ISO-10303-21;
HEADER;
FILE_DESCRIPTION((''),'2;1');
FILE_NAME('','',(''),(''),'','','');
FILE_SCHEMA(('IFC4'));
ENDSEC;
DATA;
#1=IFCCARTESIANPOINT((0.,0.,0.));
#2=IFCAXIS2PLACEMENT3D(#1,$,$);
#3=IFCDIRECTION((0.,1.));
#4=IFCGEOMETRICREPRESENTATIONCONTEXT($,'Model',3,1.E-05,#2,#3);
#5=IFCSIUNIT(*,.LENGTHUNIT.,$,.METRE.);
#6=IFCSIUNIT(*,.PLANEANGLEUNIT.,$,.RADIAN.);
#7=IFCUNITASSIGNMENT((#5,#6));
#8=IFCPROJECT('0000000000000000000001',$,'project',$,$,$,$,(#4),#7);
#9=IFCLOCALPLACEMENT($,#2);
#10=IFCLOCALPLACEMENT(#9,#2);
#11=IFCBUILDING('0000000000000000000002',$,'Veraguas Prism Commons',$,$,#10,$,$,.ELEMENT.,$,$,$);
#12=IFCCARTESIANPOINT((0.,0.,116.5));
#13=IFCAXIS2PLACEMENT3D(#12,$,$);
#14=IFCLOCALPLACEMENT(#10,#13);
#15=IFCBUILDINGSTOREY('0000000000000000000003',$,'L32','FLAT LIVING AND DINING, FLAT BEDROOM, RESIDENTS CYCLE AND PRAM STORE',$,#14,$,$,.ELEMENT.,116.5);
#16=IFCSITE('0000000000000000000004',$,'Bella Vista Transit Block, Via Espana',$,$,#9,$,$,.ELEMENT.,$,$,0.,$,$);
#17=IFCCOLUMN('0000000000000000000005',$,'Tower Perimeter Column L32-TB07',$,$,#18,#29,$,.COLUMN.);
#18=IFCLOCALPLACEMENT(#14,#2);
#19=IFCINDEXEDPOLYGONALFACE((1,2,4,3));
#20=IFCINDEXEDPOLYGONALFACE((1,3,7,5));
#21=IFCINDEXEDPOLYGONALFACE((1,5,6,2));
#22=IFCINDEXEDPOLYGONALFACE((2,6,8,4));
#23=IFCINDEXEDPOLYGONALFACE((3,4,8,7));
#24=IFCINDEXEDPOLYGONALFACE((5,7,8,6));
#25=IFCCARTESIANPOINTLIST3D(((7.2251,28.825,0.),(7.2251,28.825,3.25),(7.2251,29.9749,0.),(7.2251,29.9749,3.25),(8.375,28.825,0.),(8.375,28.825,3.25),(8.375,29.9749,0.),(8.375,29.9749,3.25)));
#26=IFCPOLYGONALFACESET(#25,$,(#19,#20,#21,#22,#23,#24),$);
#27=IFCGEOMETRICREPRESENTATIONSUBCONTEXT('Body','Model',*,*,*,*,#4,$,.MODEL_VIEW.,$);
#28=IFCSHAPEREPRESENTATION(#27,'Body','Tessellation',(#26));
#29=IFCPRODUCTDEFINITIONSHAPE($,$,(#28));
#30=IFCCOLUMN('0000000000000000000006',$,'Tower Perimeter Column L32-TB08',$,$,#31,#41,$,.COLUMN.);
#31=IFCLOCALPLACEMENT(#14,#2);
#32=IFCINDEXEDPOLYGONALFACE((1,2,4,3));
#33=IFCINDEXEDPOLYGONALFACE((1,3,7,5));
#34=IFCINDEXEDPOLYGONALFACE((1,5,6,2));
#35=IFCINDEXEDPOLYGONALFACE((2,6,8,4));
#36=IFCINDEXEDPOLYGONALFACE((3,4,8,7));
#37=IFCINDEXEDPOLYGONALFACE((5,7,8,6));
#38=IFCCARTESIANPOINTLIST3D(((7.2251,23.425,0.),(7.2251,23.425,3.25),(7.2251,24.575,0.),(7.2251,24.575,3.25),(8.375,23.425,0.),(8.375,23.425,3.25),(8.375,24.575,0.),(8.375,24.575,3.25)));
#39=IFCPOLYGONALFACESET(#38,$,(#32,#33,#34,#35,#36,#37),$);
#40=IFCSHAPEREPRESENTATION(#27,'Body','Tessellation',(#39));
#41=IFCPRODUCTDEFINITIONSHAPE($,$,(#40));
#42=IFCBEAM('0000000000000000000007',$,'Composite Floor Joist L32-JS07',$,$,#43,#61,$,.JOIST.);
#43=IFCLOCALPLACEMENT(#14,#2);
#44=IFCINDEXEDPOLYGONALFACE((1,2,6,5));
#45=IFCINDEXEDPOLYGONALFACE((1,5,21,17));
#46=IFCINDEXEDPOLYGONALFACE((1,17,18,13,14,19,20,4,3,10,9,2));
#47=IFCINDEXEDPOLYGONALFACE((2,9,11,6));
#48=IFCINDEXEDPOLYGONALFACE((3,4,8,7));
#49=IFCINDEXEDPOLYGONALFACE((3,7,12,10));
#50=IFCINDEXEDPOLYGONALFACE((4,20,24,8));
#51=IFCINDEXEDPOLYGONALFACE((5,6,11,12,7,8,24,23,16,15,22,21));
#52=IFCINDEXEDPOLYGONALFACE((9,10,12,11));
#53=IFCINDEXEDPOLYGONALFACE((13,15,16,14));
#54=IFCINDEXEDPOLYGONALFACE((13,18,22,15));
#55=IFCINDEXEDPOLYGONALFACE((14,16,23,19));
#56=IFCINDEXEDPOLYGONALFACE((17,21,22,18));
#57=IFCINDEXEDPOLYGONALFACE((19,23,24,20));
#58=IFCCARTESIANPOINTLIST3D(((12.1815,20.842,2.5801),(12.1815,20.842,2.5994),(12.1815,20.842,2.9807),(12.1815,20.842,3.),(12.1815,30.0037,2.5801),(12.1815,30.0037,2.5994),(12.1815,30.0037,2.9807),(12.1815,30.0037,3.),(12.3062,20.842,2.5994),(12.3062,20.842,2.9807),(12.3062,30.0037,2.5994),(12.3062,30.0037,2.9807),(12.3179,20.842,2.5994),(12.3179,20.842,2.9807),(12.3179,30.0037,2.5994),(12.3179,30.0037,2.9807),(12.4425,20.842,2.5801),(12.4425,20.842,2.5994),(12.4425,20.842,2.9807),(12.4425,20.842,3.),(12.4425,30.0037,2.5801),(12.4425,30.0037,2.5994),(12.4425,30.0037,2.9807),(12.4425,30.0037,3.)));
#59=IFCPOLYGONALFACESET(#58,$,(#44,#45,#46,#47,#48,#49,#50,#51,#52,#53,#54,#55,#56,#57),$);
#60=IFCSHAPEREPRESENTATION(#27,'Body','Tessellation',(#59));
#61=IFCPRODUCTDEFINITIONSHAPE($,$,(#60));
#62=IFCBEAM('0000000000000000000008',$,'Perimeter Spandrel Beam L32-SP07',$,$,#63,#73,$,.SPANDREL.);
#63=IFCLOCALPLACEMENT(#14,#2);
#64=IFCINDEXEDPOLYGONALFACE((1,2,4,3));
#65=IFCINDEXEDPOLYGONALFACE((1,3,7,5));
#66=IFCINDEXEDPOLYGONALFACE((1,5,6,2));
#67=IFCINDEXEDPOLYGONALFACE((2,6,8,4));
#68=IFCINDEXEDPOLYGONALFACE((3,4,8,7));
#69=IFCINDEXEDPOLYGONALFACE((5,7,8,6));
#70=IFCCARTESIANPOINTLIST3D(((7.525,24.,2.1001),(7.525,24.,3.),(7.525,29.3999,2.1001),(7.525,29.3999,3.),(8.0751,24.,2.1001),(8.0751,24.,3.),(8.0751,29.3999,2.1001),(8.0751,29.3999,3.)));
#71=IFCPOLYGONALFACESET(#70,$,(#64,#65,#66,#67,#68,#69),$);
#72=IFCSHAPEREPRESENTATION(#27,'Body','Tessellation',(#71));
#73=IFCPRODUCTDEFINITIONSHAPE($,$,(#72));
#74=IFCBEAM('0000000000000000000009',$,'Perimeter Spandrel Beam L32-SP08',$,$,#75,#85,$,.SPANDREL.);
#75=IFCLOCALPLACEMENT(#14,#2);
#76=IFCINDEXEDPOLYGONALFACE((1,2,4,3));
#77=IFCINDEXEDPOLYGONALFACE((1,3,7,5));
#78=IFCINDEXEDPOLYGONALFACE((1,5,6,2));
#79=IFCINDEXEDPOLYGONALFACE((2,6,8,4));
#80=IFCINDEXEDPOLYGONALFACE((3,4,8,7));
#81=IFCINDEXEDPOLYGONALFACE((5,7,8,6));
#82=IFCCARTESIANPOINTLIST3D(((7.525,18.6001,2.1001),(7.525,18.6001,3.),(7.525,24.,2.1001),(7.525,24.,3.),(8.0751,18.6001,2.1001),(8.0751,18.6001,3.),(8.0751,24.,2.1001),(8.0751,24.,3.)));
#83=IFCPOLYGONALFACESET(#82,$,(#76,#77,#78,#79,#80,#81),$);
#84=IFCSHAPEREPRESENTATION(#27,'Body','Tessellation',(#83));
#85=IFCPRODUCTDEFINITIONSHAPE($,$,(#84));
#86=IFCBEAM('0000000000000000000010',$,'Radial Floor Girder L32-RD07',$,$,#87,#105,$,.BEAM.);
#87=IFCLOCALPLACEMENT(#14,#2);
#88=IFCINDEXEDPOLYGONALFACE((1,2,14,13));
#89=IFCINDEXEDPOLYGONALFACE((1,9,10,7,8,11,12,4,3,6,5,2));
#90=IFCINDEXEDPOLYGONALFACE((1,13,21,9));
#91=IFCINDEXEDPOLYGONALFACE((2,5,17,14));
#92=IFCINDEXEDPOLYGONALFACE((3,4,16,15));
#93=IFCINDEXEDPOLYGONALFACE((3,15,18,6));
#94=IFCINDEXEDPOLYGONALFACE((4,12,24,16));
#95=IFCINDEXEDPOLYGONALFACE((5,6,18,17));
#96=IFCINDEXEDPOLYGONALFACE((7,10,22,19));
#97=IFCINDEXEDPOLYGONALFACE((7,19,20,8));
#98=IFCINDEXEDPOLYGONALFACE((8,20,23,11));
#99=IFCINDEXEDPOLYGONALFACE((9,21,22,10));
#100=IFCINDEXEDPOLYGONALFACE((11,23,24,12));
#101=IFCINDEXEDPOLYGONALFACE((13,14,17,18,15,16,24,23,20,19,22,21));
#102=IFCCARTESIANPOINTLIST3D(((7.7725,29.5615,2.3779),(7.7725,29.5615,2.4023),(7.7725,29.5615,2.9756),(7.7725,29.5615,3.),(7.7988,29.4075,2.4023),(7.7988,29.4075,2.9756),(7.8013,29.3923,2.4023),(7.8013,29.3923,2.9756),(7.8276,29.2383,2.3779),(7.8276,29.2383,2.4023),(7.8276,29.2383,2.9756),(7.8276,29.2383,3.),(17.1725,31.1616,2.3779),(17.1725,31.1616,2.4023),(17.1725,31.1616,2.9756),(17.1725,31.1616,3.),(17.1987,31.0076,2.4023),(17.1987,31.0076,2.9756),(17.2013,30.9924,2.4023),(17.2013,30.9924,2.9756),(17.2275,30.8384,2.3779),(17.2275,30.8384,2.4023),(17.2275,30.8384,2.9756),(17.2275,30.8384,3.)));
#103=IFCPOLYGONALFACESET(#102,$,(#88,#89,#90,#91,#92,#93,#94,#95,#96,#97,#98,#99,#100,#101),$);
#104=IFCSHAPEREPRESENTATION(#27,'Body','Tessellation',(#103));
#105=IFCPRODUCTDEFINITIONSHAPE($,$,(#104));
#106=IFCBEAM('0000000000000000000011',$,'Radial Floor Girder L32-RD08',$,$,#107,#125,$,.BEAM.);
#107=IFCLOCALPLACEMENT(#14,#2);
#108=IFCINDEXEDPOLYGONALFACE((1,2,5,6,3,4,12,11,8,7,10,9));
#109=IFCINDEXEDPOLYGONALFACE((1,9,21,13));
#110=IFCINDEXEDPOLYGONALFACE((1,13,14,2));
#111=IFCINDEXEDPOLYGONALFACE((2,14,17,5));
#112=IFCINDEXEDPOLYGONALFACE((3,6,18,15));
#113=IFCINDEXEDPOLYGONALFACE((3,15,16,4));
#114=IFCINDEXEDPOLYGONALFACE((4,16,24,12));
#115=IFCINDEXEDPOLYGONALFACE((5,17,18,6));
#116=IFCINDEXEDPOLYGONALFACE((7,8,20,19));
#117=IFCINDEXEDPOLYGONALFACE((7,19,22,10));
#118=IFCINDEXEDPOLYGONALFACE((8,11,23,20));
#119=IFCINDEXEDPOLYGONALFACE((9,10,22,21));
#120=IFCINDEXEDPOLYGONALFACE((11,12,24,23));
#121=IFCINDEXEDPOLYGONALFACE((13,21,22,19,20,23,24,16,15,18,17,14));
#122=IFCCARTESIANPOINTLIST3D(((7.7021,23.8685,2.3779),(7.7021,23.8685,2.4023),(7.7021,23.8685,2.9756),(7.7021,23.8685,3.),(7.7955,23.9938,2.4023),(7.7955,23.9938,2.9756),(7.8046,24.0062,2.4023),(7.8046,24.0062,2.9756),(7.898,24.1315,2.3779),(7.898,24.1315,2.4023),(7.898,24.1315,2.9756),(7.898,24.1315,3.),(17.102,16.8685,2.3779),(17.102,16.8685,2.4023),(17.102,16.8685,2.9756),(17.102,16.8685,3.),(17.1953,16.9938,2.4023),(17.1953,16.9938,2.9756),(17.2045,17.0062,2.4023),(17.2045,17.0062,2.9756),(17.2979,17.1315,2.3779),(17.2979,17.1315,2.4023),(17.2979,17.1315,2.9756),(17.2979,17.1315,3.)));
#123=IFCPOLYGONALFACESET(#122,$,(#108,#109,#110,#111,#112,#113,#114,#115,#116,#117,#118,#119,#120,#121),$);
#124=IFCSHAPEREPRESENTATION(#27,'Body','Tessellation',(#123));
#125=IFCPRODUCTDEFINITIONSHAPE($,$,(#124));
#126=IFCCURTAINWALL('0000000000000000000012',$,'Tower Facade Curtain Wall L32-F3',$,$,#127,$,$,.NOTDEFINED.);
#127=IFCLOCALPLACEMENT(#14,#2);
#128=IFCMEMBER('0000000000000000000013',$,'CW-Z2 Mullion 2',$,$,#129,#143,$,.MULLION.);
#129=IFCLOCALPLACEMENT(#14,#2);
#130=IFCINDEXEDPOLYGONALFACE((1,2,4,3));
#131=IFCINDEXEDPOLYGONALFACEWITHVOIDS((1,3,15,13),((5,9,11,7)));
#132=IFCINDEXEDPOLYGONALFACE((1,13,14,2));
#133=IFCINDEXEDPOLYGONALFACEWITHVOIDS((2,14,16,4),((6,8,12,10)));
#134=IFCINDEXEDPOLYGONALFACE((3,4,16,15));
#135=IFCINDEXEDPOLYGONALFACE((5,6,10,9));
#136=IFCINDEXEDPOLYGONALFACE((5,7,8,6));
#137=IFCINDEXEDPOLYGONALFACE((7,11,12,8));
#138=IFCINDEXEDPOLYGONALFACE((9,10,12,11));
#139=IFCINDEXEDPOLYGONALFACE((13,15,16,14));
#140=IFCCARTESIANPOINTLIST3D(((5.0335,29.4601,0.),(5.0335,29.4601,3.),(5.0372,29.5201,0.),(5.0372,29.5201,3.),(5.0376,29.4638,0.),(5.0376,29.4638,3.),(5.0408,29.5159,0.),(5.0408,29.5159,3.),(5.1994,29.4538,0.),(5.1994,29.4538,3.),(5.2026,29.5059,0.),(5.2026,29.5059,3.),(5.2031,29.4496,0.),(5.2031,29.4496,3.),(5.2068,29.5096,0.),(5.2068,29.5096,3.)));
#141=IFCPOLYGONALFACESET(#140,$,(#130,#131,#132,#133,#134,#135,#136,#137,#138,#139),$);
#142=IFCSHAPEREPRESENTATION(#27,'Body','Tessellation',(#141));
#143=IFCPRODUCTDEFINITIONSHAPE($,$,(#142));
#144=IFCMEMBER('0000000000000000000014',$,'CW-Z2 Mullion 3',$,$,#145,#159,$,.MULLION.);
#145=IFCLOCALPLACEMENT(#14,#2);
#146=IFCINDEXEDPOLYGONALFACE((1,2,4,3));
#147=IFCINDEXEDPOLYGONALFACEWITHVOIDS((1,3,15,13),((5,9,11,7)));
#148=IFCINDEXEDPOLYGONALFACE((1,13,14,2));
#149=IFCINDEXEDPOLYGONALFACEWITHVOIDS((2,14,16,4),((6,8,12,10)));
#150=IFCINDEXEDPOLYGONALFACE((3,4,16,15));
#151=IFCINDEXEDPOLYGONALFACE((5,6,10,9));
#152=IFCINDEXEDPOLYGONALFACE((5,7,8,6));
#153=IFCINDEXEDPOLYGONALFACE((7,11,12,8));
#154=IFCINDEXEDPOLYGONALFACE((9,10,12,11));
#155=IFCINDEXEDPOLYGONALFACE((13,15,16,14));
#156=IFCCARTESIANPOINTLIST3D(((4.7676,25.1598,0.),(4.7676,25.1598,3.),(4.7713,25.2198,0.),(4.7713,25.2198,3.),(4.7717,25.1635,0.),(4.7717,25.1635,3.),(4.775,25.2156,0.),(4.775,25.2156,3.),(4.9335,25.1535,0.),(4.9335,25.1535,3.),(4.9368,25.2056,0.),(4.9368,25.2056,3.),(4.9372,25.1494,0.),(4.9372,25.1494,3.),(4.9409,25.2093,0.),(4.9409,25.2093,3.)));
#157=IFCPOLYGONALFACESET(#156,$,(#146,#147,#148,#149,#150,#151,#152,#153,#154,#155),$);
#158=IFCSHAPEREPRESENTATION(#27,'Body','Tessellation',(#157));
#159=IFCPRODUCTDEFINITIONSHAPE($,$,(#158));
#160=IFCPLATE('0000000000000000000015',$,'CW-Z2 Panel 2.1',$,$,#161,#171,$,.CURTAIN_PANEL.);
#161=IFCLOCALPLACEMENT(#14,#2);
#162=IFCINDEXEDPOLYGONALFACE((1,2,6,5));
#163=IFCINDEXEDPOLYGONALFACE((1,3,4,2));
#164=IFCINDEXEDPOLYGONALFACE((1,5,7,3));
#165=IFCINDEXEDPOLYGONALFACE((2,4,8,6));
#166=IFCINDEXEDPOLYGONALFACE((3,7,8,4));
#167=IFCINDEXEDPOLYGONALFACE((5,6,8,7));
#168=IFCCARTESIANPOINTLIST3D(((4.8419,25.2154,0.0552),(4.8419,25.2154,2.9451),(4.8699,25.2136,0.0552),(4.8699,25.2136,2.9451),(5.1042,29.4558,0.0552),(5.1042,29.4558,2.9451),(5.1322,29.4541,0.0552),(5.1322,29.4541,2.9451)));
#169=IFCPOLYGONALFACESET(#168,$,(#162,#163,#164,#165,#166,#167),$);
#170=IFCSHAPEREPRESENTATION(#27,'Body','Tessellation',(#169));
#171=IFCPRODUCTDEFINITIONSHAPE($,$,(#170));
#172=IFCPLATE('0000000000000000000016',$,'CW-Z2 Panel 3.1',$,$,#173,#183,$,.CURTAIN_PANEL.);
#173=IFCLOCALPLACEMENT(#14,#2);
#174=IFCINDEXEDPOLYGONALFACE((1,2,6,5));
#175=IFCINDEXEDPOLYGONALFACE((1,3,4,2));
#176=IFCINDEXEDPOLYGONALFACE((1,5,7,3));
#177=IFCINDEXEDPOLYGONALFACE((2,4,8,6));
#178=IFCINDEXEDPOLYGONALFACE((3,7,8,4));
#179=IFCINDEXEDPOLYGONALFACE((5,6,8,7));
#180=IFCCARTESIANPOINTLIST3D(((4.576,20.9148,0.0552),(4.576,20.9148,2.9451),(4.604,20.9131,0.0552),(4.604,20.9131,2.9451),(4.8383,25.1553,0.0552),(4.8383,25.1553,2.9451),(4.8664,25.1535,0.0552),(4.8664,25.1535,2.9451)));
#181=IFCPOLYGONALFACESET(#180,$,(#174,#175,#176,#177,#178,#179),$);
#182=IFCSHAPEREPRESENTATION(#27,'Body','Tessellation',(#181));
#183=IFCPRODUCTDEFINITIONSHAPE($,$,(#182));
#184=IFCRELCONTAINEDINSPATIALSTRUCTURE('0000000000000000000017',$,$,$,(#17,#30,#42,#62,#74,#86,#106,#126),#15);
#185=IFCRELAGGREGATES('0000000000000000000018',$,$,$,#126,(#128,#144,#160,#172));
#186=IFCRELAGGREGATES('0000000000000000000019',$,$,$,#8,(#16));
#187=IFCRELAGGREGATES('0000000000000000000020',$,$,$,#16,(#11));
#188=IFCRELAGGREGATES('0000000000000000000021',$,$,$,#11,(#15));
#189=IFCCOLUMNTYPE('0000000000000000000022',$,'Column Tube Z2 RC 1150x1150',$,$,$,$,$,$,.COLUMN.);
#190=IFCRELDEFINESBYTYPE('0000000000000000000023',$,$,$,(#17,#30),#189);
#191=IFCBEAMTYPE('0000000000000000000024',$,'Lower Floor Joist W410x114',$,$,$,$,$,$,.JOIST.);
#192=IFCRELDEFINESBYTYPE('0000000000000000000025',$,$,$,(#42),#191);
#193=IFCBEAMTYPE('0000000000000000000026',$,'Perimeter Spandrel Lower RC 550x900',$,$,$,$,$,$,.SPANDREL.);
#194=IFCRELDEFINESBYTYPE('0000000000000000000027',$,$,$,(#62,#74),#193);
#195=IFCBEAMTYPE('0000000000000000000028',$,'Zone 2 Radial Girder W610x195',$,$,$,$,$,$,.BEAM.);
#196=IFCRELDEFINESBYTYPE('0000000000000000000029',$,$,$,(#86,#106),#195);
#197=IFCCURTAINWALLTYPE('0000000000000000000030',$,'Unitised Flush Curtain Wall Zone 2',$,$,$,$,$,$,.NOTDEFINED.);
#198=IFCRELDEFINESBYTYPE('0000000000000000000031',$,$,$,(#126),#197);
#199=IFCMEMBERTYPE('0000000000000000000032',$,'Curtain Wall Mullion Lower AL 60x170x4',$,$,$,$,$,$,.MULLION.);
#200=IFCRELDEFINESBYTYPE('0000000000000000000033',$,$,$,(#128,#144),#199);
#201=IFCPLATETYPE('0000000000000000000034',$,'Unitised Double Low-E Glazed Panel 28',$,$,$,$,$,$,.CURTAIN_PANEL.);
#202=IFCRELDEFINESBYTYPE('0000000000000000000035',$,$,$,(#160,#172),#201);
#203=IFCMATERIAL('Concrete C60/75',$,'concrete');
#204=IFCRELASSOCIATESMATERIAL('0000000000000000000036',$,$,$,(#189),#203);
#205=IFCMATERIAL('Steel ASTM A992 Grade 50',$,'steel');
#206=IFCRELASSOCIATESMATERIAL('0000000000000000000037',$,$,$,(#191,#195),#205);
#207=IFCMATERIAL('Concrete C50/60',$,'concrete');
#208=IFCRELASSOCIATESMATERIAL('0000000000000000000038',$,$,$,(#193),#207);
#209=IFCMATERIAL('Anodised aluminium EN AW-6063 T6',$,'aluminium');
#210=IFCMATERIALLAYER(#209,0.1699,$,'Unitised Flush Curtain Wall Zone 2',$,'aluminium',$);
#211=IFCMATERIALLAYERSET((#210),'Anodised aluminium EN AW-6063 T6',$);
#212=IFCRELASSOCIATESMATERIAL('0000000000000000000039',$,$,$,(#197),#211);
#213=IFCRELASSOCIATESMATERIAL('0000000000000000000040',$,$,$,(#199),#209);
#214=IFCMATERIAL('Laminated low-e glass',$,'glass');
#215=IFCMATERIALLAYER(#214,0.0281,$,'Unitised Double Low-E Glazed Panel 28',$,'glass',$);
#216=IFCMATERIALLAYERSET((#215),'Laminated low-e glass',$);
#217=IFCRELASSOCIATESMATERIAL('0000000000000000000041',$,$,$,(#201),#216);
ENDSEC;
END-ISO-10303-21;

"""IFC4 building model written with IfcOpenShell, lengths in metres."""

from ifc_helpers import new_model, si_unit, direction, frame, origin, origin_2d, place, context, subcontext, project, spatial, rectangle, hollow_rectangle, i_section, extrude, source, transform, mapped, material, layer, layer_set, material_profile, profile_set, type_object, element, aggregate, save


model = new_model("IFC4")

# Units and contexts
model_context = context("Model", 3, precision=1e-05, world=origin(), true_north=direction((0.0, 1.0)))
body_context = subcontext(model_context, "Body", "Model", "MODEL_VIEW")
ifc_project = project(units=[si_unit("LENGTHUNIT", "METRE"), si_unit("PLANEANGLEUNIT", "RADIAN")], contexts=[model_context])

# Site, building, storey
site_placement = place(None, origin())
site = spatial("IfcSite", under=ifc_project, at=site_placement, Name="Bella Vista Transit Block, Via Espana", CompositionType="ELEMENT", RefElevation=0.0)
building_placement = place(site_placement, origin())
building = spatial("IfcBuilding", under=site, at=building_placement, Name="Veraguas Prism Commons", CompositionType="ELEMENT")
storey_placement = place(building_placement, frame((0.0, 0.0, 116.5)))
storey = spatial("IfcBuildingStorey", under=building, at=storey_placement, Name="L32", Description="FLAT LIVING AND DINING, FLAT BEDROOM, RESIDENTS CYCLE AND PRAM STORE", CompositionType="ELEMENT", Elevation=116.5)

# Columns
ifc_material_1 = material(Name="Concrete C60/75", Category="concrete")
ifc_material_profile_1 = material_profile(ifc_material_1, rectangle(XDim=1.1499, YDim=1.1499, at=origin_2d()), Name="RC1150X1150")
ifc_profile_set_1 = profile_set([ifc_material_profile_1], Name="Concrete C60/75")
column_type = type_object("IfcColumnType", Name="Column Tube Z2 RC 1150x1150", PredefinedType="COLUMN", material=ifc_profile_set_1)
for number, where, z_axis, x_axis, name in (
    (1, (7.8, 29.3999, 0.0), (0.0, 0.0, 1.0), (1.0, 0.0, 0.0), "Tower Perimeter Column L32-TB07"),
    (2, (7.8, 24.0, 0.0), (0.0, 0.0, 1.0), (1.0, 0.0, 0.0), "Tower Perimeter Column L32-TB08"),
):
    element("IfcColumn", number, at=place(storey_placement, frame(where, z_axis=z_axis, x_axis=x_axis)), inside=storey, type_object=column_type, Name=name, PredefinedType="COLUMN", context=body_context, shape_type="SweptSolid", body=[
        extrude(rectangle(XDim=1.1499, YDim=1.1499, at=origin_2d()), origin(), (0.0, 0.0, 1.0), 3.25),
    ])

# Beams
ifc_material_2 = material(Name="Steel ASTM A992 Grade 50", Category="steel")
ifc_material_profile_2 = material_profile(ifc_material_2, i_section(OverallWidth=0.261, OverallDepth=0.4199, WebThickness=0.0117, FlangeThickness=0.0193, at=origin_2d()), Name="W410X114")
ifc_profile_set_2 = profile_set([ifc_material_profile_2], Name="Steel ASTM A992 Grade 50")
beam_type_1 = type_object("IfcBeamType", Name="Lower Floor Joist W410x114", PredefinedType="JOIST", material=ifc_profile_set_2)
beam_1_placement = place(storey_placement, frame((12.312, 30.0037, 2.79), z_axis=(0.0, -1.0, 0.0), x_axis=(1.0, 0.0, 0.0)))
element("IfcBeam", 3, at=beam_1_placement, inside=storey, type_object=beam_type_1, Name="Composite Floor Joist L32-JS07", PredefinedType="JOIST", context=body_context, shape_type="SweptSolid", body=[
    extrude(i_section(OverallWidth=0.261, OverallDepth=0.4199, WebThickness=0.0117, FlangeThickness=0.0193, at=origin_2d()), origin(), (0.0, 0.0, 1.0), 9.1616),
])
ifc_material_3 = material(Name="Concrete C50/60", Category="concrete")
ifc_material_profile_3 = material_profile(ifc_material_3, rectangle(XDim=0.55, YDim=0.8999, at=origin_2d()), Name="RC550X900")
ifc_profile_set_3 = profile_set([ifc_material_profile_3], Name="Concrete C50/60")
beam_type_2 = type_object("IfcBeamType", Name="Perimeter Spandrel Lower RC 550x900", PredefinedType="SPANDREL", material=ifc_profile_set_3)
for number, where, z_axis, x_axis, name in (
    (4, (7.8, 29.3999, 2.55), (0.0, -1.0, 0.0), (1.0, 0.0, 0.0), "Perimeter Spandrel Beam L32-SP07"),
    (5, (7.8, 24.0, 2.55), (0.0, -1.0, 0.0), (1.0, 0.0, 0.0), "Perimeter Spandrel Beam L32-SP08"),
):
    element("IfcBeam", number, at=place(storey_placement, frame(where, z_axis=z_axis, x_axis=x_axis)), inside=storey, type_object=beam_type_2, Name=name, PredefinedType="SPANDREL", context=body_context, shape_type="SweptSolid", body=[
        extrude(rectangle(XDim=0.55, YDim=0.8999, at=origin_2d()), origin(), (0.0, 0.0, 1.0), 5.3999),
    ])
ifc_material_profile_4 = material_profile(ifc_material_2, i_section(OverallWidth=0.3279, OverallDepth=0.6221, WebThickness=0.0154, FlangeThickness=0.0244, at=origin_2d()), Name="W610X195")
ifc_profile_set_4 = profile_set([ifc_material_profile_4], Name="Steel ASTM A992 Grade 50")
beam_type_3 = type_object("IfcBeamType", Name="Zone 2 Radial Girder W610x195", PredefinedType="BEAM", material=ifc_profile_set_4)
beam_2_placement = place(storey_placement, frame((7.8, 29.3999, 2.689), z_axis=(0.985819, 0.167811, 0.0), x_axis=(-0.167811, 0.985819, 0.0)))
element("IfcBeam", 6, at=beam_2_placement, inside=storey, type_object=beam_type_3, Name="Radial Floor Girder L32-RD07", PredefinedType="BEAM", context=body_context, shape_type="SweptSolid", body=[
    extrude(i_section(OverallWidth=0.3279, OverallDepth=0.6221, WebThickness=0.0154, FlangeThickness=0.0244, at=origin_2d()), origin(), (0.0, 0.0, 1.0), 9.5352),
])
beam_3_placement = place(storey_placement, frame((7.8, 24.0, 2.689), z_axis=(0.80204, -0.59727, 0.0), x_axis=(0.59727, 0.80204, 0.0)))
element("IfcBeam", 7, at=beam_3_placement, inside=storey, type_object=beam_type_3, Name="Radial Floor Girder L32-RD08", PredefinedType="BEAM", context=body_context, shape_type="SweptSolid", body=[
    extrude(i_section(OverallWidth=0.3279, OverallDepth=0.6221, WebThickness=0.0154, FlangeThickness=0.0244, at=origin_2d()), origin(), (0.0, 0.0, 1.0), 11.72),
])

# Curtain wall, members, plates
ifc_material_4 = material(Name="Anodised aluminium EN AW-6063 T6", Category="aluminium")
ifc_layer_1 = layer(ifc_material_4, 0.1699, Name="Unitised Flush Curtain Wall Zone 2", Category="aluminium")
ifc_layer_set_1 = layer_set([ifc_layer_1], Name="Anodised aluminium EN AW-6063 T6")
curtain_wall_type = type_object("IfcCurtainWallType", Name="Unitised Flush Curtain Wall Zone 2", PredefinedType="NOTDEFINED", material=ifc_layer_set_1)
curtain_wall_placement = place(storey_placement, origin())
curtain_wall = element("IfcCurtainWall", 8, at=curtain_wall_placement, inside=storey, type_object=curtain_wall_type, Name="Tower Facade Curtain Wall L32-F3", PredefinedType="NOTDEFINED")
ifc_material_profile_5 = material_profile(ifc_material_4, hollow_rectangle(XDim=0.0601, YDim=0.1699, WallThickness=0.0039, at=origin_2d()), Name="AL60X170X4")
ifc_profile_set_5 = profile_set([ifc_material_profile_5], Name="Anodised aluminium EN AW-6063 T6")
member_type = type_object("IfcMemberType", Name="Curtain Wall Mullion Lower AL 60x170x4", PredefinedType="MULLION", material=ifc_profile_set_5)
shared_shape_1 = source(origin(), body_context, "Body", "SweptSolid", [
    extrude(hollow_rectangle(XDim=0.0601, YDim=0.1699, WallThickness=0.0039, at=origin_2d()), origin(), (0.0, 0.0, 1.0), 3.0),
])
member_1_placement = place(storey_placement, frame((5.1201, 29.4849, 0.0), z_axis=(0.0, 0.0, 1.0), x_axis=(-0.061744, -0.998092, 0.0)))
member_1 = element("IfcMember", 9, at=member_1_placement, type_object=member_type, Name="CW-Z2 Mullion 2", PredefinedType="MULLION", context=body_context, shape_type="MappedRepresentation", body=[
    mapped(shared_shape_1, transform((0.0, 0.0, 0.0), scale=1.0)),
])
member_2_placement = place(storey_placement, frame((4.8542, 25.1846, 0.0), z_axis=(0.0, 0.0, 1.0), x_axis=(-0.061744, -0.998092, 0.0)))
member_2 = element("IfcMember", 10, at=member_2_placement, type_object=member_type, Name="CW-Z2 Mullion 3", PredefinedType="MULLION", context=body_context, shape_type="MappedRepresentation", body=[
    mapped(shared_shape_1, transform((0.0, 0.0, 0.0), scale=1.0)),
])
ifc_material_5 = material(Name="Laminated low-e glass", Category="glass")
ifc_layer_2 = layer(ifc_material_5, 0.0281, Name="Unitised Double Low-E Glazed Panel 28", Category="glass")
ifc_layer_set_2 = layer_set([ifc_layer_2], Name="Laminated low-e glass")
plate_type = type_object("IfcPlateType", Name="Unitised Double Low-E Glazed Panel 28", PredefinedType="CURTAIN_PANEL", material=ifc_layer_set_2)
shared_shape_2 = source(origin(), body_context, "Body", "SweptSolid", [
    extrude(rectangle(XDim=4.2485, YDim=0.0281, at=origin_2d()), origin(), (0.0, 0.0, 1.0), 2.8899),
])
plate_1_placement = place(storey_placement, frame((4.9871, 27.3347, 0.0552), z_axis=(0.0, 0.0, 1.0), x_axis=(-0.061744, -0.998092, 0.0)))
plate_1 = element("IfcPlate", 11, at=plate_1_placement, type_object=plate_type, Name="CW-Z2 Panel 2.1", PredefinedType="CURTAIN_PANEL", context=body_context, shape_type="MappedRepresentation", body=[
    mapped(shared_shape_2, transform((0.0, 0.0, 0.0), scale=1.0)),
])
plate_2_placement = place(storey_placement, frame((4.7212, 23.0342, 0.0552), z_axis=(0.0, 0.0, 1.0), x_axis=(-0.061744, -0.998092, 0.0)))
plate_2 = element("IfcPlate", 12, at=plate_2_placement, type_object=plate_type, Name="CW-Z2 Panel 3.1", PredefinedType="CURTAIN_PANEL", context=body_context, shape_type="MappedRepresentation", body=[
    mapped(shared_shape_2, transform((0.0, 0.0, 0.0), scale=1.0)),
])
aggregate(curtain_wall, [member_1, member_2, plate_1, plate_2])

save(model, "model.ifc")
